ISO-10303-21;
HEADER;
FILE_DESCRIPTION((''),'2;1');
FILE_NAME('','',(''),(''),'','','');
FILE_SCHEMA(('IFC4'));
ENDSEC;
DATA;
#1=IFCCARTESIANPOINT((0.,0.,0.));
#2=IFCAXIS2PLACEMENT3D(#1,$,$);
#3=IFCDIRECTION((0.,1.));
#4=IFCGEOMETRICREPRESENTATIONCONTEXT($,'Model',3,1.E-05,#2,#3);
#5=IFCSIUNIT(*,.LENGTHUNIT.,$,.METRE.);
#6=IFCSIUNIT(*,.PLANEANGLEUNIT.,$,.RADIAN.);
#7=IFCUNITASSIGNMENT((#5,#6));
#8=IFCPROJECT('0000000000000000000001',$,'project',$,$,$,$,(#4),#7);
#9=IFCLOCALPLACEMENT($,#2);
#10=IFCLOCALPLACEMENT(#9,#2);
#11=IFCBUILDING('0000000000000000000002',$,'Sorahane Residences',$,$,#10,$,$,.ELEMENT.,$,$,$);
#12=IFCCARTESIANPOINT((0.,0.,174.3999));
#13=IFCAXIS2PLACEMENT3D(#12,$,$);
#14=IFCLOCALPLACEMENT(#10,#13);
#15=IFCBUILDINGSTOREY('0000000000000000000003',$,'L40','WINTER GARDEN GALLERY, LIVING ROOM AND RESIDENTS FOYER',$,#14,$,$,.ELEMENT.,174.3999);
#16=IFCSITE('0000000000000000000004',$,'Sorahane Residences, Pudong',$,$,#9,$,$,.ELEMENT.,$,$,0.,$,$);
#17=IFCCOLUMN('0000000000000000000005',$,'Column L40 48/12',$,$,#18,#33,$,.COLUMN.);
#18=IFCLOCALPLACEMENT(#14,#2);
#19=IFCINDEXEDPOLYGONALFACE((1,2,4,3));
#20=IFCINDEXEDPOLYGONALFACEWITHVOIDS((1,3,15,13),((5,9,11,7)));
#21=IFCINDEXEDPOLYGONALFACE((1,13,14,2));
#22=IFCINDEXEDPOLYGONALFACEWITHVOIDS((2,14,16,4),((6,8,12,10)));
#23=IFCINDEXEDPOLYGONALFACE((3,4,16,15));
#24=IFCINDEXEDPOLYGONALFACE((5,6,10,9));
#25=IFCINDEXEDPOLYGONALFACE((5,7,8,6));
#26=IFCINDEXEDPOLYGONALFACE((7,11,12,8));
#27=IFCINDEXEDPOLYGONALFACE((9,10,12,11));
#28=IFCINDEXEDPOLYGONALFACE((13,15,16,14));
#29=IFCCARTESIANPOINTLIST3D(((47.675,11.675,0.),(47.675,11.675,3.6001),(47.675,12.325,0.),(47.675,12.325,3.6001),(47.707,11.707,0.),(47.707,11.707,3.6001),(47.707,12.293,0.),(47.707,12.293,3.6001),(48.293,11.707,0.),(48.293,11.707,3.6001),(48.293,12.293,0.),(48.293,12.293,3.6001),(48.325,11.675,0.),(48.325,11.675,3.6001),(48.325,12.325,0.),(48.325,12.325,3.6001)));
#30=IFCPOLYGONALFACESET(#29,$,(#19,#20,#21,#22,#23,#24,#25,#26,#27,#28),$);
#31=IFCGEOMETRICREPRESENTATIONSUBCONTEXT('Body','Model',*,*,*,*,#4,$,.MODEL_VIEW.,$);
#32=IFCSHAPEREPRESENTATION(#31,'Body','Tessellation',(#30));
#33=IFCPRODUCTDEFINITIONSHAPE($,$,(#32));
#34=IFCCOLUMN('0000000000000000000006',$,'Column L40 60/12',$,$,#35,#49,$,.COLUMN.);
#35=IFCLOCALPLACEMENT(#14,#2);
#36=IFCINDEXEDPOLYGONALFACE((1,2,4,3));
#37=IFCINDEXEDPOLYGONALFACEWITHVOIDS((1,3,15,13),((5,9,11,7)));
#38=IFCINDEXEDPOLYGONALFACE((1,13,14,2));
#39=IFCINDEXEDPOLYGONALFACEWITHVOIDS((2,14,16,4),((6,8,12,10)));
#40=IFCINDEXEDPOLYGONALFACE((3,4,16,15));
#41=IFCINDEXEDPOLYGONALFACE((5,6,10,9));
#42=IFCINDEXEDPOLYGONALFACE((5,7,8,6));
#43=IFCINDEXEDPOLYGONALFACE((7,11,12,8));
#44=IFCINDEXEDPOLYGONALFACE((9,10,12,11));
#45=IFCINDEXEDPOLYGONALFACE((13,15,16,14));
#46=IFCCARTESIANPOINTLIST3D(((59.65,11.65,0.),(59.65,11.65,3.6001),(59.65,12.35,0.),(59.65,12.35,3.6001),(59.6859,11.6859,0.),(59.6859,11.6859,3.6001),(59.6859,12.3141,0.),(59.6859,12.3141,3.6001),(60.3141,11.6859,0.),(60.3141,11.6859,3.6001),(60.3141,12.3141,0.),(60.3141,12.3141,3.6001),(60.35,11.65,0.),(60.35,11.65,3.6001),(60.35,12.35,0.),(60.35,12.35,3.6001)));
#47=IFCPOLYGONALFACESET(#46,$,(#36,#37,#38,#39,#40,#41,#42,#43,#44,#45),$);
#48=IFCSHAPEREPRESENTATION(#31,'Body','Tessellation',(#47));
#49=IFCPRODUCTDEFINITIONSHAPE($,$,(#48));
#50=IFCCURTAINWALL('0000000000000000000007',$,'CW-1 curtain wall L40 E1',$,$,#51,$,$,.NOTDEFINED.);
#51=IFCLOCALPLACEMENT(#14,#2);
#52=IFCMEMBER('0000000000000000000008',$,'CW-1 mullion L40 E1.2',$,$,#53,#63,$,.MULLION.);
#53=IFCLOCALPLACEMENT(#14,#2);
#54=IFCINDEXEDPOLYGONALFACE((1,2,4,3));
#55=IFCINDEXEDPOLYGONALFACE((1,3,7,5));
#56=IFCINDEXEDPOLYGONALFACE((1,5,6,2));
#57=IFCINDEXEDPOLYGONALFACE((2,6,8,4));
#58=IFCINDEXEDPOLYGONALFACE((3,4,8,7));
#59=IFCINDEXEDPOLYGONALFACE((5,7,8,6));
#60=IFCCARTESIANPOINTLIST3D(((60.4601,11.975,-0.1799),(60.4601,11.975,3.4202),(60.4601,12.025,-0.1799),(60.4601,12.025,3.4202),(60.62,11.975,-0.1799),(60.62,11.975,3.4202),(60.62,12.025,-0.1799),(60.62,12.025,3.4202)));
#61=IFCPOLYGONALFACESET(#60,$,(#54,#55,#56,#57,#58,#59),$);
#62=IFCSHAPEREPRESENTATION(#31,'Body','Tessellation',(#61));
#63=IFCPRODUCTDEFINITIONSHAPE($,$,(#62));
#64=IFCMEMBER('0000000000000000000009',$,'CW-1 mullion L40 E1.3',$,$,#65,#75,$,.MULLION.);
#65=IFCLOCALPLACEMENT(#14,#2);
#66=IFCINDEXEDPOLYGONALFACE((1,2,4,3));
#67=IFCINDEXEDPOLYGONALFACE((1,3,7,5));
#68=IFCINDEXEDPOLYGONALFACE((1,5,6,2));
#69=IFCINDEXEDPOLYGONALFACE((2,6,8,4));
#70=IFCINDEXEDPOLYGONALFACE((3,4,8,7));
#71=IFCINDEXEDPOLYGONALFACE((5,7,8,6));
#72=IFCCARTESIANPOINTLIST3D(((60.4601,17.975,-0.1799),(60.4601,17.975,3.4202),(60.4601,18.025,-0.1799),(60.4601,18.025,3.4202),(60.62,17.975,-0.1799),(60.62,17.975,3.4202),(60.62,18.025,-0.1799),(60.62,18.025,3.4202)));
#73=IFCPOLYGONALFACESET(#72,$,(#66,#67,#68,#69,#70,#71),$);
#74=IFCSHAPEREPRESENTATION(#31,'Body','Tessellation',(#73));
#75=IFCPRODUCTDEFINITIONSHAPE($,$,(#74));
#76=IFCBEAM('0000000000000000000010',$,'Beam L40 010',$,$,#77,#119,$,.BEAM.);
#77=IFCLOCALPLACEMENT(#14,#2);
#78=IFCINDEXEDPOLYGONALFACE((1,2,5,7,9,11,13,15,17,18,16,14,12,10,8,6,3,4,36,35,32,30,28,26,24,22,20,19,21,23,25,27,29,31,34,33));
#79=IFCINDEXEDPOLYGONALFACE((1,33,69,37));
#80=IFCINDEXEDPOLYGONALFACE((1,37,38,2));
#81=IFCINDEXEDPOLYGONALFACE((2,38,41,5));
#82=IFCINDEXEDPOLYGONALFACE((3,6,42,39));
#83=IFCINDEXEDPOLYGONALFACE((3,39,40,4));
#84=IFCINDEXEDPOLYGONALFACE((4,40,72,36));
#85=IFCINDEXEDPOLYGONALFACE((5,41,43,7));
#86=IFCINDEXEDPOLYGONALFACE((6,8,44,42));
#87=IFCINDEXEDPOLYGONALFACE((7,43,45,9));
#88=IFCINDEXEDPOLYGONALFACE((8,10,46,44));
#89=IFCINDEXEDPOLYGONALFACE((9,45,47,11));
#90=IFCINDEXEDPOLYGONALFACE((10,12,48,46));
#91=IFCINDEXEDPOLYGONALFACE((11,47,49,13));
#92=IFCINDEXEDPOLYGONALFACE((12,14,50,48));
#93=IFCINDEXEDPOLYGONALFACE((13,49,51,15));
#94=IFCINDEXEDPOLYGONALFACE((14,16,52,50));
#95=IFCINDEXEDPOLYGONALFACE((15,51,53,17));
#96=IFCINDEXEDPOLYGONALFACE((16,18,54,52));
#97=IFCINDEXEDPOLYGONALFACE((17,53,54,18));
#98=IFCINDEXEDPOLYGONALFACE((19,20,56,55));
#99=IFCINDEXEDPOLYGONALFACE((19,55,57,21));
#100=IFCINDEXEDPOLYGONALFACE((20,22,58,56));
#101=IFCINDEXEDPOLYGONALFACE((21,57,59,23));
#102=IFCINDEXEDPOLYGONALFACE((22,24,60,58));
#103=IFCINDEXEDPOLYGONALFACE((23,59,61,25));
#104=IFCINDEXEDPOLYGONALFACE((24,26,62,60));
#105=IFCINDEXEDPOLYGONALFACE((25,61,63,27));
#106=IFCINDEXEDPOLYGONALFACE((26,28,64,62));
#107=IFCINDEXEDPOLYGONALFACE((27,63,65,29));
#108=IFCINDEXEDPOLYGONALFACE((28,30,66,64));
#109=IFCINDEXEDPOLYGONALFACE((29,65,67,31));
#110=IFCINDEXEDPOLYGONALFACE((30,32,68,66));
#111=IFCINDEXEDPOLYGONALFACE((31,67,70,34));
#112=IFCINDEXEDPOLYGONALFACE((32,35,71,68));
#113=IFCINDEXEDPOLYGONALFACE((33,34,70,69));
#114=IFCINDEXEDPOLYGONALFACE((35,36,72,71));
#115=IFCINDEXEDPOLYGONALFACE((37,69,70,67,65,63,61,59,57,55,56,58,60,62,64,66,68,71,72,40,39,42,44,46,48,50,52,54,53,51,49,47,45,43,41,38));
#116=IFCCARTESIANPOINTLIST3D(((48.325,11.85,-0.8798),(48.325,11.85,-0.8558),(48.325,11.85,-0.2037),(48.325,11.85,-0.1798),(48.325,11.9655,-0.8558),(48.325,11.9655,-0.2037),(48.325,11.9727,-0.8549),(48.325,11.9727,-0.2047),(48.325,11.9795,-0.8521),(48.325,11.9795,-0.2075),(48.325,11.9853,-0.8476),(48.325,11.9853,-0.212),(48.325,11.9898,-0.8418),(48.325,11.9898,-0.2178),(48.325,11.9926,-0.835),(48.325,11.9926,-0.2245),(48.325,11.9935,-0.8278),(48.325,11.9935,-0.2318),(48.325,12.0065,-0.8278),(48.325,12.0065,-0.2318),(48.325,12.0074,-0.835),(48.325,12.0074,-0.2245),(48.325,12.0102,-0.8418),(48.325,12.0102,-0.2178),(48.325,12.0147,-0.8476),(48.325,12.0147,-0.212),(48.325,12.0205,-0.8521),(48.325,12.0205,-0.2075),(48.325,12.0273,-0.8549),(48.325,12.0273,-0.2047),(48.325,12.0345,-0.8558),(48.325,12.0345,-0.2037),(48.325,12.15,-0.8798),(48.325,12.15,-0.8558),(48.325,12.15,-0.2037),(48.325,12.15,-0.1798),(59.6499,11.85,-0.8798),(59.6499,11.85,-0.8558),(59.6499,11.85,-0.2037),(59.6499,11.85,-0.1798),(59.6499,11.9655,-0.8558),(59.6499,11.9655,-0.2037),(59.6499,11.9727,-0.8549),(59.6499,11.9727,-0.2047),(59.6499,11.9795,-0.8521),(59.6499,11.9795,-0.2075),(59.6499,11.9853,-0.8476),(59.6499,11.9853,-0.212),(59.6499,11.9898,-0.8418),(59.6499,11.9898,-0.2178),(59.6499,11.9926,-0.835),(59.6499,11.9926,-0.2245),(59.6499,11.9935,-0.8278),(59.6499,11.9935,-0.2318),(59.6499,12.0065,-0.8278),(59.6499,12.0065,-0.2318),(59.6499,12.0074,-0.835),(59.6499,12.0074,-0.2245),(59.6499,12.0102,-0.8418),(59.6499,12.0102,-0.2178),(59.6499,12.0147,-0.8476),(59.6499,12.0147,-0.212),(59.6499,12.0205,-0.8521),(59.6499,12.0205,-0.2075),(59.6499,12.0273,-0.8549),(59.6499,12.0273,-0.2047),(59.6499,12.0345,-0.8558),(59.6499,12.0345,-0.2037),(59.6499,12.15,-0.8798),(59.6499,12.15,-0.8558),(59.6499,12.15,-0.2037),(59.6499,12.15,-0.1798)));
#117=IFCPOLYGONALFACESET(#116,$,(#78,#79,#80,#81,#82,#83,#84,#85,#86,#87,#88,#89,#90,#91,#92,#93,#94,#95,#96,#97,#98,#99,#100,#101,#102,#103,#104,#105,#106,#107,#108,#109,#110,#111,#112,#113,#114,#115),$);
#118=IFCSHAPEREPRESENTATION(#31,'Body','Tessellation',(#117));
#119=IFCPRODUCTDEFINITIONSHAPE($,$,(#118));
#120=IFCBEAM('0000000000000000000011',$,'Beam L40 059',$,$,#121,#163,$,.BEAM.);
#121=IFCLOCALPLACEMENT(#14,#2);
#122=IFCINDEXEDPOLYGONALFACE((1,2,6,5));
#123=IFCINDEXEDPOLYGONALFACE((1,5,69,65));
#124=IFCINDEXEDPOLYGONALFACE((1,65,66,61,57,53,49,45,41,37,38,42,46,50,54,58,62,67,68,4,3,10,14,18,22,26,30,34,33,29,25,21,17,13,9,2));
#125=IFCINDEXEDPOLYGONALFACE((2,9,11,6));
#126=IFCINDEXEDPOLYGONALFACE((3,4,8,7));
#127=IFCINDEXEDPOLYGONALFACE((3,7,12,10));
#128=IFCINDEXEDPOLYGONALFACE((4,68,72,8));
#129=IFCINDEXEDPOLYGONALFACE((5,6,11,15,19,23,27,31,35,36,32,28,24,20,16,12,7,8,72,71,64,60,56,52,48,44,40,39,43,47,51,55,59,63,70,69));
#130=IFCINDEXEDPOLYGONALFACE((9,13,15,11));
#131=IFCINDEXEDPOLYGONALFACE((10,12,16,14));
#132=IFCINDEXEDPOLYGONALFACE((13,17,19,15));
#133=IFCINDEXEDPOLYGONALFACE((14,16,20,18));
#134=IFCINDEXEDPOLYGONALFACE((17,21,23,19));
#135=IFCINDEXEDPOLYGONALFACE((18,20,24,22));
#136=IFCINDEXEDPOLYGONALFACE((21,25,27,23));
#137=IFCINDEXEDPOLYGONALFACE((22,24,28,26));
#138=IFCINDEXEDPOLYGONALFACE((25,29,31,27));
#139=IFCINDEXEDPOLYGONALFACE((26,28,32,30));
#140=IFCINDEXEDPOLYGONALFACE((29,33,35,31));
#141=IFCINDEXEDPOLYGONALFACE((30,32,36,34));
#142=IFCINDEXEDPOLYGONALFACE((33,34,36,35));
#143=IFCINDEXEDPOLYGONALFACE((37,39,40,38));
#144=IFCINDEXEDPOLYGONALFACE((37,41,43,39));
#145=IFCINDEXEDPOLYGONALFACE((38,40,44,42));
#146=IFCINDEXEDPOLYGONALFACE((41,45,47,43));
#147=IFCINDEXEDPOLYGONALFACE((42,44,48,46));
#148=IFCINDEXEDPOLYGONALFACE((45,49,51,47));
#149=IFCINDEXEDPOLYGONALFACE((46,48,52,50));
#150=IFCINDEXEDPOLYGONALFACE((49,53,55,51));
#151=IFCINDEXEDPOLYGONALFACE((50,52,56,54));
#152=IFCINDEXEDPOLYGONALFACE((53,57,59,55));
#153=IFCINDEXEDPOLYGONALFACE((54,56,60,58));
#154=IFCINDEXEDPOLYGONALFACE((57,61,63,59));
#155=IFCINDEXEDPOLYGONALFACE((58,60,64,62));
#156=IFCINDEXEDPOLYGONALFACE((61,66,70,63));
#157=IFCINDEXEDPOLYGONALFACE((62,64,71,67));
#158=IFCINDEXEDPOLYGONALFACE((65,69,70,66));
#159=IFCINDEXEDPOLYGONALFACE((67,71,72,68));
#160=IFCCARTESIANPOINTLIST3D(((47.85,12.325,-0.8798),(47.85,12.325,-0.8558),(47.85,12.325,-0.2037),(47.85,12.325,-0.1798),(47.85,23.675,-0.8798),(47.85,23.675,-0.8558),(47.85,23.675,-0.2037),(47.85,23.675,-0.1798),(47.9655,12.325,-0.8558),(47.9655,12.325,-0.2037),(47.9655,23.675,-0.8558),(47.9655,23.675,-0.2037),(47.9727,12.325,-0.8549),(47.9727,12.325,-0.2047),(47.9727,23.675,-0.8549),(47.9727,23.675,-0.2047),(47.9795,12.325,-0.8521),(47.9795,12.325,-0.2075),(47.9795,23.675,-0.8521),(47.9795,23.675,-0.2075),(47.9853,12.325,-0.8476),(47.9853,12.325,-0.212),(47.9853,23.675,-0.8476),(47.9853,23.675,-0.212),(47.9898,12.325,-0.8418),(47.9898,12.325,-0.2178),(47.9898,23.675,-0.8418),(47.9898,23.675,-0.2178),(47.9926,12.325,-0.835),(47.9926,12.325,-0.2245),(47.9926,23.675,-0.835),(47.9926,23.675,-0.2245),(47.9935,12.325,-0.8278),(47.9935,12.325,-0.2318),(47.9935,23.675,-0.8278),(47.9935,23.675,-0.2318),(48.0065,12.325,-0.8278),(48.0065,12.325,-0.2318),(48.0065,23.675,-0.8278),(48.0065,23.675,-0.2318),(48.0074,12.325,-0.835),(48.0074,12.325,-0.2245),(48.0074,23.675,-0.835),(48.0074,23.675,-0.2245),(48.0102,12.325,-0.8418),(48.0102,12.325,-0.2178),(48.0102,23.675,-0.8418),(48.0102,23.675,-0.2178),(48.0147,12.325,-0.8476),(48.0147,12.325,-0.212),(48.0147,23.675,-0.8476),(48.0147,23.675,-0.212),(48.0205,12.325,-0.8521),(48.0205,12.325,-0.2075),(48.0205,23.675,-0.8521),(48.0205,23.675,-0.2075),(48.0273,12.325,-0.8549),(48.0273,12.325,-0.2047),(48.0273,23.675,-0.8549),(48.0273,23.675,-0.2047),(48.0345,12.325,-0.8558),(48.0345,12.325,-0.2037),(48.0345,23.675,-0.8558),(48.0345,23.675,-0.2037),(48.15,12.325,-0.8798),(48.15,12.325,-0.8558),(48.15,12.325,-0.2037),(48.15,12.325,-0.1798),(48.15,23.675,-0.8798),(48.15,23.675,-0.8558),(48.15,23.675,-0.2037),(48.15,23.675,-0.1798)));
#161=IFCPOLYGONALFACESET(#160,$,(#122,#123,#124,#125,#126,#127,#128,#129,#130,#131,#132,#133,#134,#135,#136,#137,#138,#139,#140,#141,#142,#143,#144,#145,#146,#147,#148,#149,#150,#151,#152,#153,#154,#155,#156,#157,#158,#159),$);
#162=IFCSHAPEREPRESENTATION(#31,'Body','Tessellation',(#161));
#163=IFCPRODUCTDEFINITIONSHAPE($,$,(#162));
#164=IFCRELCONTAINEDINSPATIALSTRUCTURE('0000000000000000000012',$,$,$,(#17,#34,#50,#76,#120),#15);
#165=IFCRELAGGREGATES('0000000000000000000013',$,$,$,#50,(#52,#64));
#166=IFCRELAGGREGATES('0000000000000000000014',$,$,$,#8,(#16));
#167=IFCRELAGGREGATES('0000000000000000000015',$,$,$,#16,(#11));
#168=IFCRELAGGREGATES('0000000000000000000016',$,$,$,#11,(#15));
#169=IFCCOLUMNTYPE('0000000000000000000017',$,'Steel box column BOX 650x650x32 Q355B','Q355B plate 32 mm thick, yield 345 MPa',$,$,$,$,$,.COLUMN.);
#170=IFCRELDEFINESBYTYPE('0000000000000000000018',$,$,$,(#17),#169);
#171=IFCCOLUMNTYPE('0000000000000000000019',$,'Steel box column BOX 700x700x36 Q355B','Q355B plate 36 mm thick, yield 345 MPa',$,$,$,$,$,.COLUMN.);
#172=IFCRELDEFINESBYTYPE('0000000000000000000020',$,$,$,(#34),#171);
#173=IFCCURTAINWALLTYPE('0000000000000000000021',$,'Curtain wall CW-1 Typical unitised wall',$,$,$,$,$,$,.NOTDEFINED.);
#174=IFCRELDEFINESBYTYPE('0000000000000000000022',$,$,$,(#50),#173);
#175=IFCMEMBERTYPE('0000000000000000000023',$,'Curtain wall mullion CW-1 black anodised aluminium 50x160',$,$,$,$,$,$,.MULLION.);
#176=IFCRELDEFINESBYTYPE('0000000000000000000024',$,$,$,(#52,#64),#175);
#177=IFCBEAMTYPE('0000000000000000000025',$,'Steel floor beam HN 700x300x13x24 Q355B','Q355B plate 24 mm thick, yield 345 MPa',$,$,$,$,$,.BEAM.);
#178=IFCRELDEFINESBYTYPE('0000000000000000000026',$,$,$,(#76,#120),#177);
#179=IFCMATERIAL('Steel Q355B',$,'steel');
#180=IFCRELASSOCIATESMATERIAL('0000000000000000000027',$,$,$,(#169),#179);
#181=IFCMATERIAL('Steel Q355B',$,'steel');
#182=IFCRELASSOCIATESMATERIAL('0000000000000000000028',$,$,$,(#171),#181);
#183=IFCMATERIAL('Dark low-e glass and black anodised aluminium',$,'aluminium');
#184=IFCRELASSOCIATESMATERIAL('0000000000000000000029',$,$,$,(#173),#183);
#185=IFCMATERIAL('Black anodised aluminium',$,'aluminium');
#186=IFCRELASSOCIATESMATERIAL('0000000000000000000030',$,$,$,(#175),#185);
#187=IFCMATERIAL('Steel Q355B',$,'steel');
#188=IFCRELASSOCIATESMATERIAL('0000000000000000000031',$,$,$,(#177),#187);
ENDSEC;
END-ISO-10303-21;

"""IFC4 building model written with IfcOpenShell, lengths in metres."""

from ifc_helpers import new_model, si_unit, direction, frame, origin, origin_2d, place, context, subcontext, project, spatial, rectangle, hollow_rectangle, i_section, extrude, material, material_profile, profile_set, type_object, element, aggregate, save


model = new_model("IFC4")

# Units and contexts
model_context = context("Model", 3, precision=1e-05, world=origin(), true_north=direction((0.0, 1.0)))
body_context = subcontext(model_context, "Body", "Model", "MODEL_VIEW")
ifc_project = project(units=[si_unit("LENGTHUNIT", "METRE"), si_unit("PLANEANGLEUNIT", "RADIAN")], contexts=[model_context])

# Site, building, storey
site_placement = place(None, origin())
site = spatial("IfcSite", under=ifc_project, at=site_placement, Name="Sorahane Residences, Pudong", CompositionType="ELEMENT", RefElevation=0.0)
building_placement = place(site_placement, origin())
building = spatial("IfcBuilding", under=site, at=building_placement, Name="Sorahane Residences", CompositionType="ELEMENT")
storey_placement = place(building_placement, frame((0.0, 0.0, 174.3999)))
storey = spatial("IfcBuildingStorey", under=building, at=storey_placement, Name="L40", Description="WINTER GARDEN GALLERY, LIVING ROOM AND RESIDENTS FOYER", CompositionType="ELEMENT", Elevation=174.3999)

# Columns
ifc_material_1 = material(Name="Steel Q355B", Category="steel")
ifc_material_profile_1 = material_profile(ifc_material_1, hollow_rectangle(XDim=0.6499, YDim=0.6499, WallThickness=0.032, at=origin_2d()), Name="BOX 650x650x32")
ifc_profile_set_1 = profile_set([ifc_material_profile_1], Name="Steel Q355B")
column_type_1 = type_object("IfcColumnType", Name="Steel box column BOX 650x650x32 Q355B", Description="Q355B plate 32 mm thick, yield 345 MPa", PredefinedType="COLUMN", material=ifc_profile_set_1)
column_1_placement = place(storey_placement, frame((48.0, 12.0, 0.0), z_axis=(0.0, 0.0, 1.0), x_axis=(1.0, 0.0, 0.0)))
element("IfcColumn", 1, at=column_1_placement, inside=storey, type_object=column_type_1, Name="Column L40 48/12", PredefinedType="COLUMN", context=body_context, shape_type="SweptSolid", body=[
    extrude(hollow_rectangle(XDim=0.6499, YDim=0.6499, WallThickness=0.032, at=origin_2d()), origin(), (0.0, 0.0, 1.0), 3.6001),
])
ifc_material_2 = material(Name="Steel Q355B", Category="steel")
ifc_material_profile_2 = material_profile(ifc_material_2, hollow_rectangle(XDim=0.7, YDim=0.7, WallThickness=0.0359, at=origin_2d()), Name="BOX 700x700x36")
ifc_profile_set_2 = profile_set([ifc_material_profile_2], Name="Steel Q355B")
column_type_2 = type_object("IfcColumnType", Name="Steel box column BOX 700x700x36 Q355B", Description="Q355B plate 36 mm thick, yield 345 MPa", PredefinedType="COLUMN", material=ifc_profile_set_2)
column_2_placement = place(storey_placement, frame((60.0, 12.0, 0.0), z_axis=(0.0, 0.0, 1.0), x_axis=(1.0, 0.0, 0.0)))
element("IfcColumn", 2, at=column_2_placement, inside=storey, type_object=column_type_2, Name="Column L40 60/12", PredefinedType="COLUMN", context=body_context, shape_type="SweptSolid", body=[
    extrude(hollow_rectangle(XDim=0.7, YDim=0.7, WallThickness=0.0359, at=origin_2d()), origin(), (0.0, 0.0, 1.0), 3.6001),
])

# Curtain wall, members
ifc_material_3 = material(Name="Dark low-e glass and black anodised aluminium", Category="aluminium")
curtain_wall_type = type_object("IfcCurtainWallType", Name="Curtain wall CW-1 Typical unitised wall", PredefinedType="NOTDEFINED", material=ifc_material_3)
curtain_wall_placement = place(storey_placement, origin())
curtain_wall = element("IfcCurtainWall", 3, at=curtain_wall_placement, inside=storey, type_object=curtain_wall_type, Name="CW-1 curtain wall L40 E1", PredefinedType="NOTDEFINED")
ifc_material_4 = material(Name="Black anodised aluminium", Category="aluminium")
ifc_material_profile_3 = material_profile(ifc_material_4, rectangle(XDim=0.1599, YDim=0.05, at=origin_2d()), Name="Curtain wall mullion CW-1 black anodised aluminium 50x160")
ifc_profile_set_3 = profile_set([ifc_material_profile_3], Name="Black anodised aluminium")
member_type = type_object("IfcMemberType", Name="Curtain wall mullion CW-1 black anodised aluminium 50x160", PredefinedType="MULLION", material=ifc_profile_set_3)
member_1_placement = place(storey_placement, frame((60.54, 12.0, -0.1799), z_axis=(0.0, 0.0, 1.0), x_axis=(1.0, 0.0, 0.0)))
member_1 = element("IfcMember", 4, at=member_1_placement, type_object=member_type, Name="CW-1 mullion L40 E1.2", PredefinedType="MULLION", context=body_context, shape_type="SweptSolid", body=[
    extrude(rectangle(XDim=0.1599, YDim=0.05, at=origin_2d()), origin(), (0.0, 0.0, 1.0), 3.6001),
])
member_2_placement = place(storey_placement, frame((60.54, 18.0, -0.1799), z_axis=(0.0, 0.0, 1.0), x_axis=(1.0, 0.0, 0.0)))
member_2 = element("IfcMember", 5, at=member_2_placement, type_object=member_type, Name="CW-1 mullion L40 E1.3", PredefinedType="MULLION", context=body_context, shape_type="SweptSolid", body=[
    extrude(rectangle(XDim=0.1599, YDim=0.05, at=origin_2d()), origin(), (0.0, 0.0, 1.0), 3.6001),
])

# Beams
ifc_material_5 = material(Name="Steel Q355B", Category="steel")
ifc_material_profile_4 = material_profile(ifc_material_5, i_section(OverallWidth=0.3, OverallDepth=0.7, WebThickness=0.0129, FlangeThickness=0.0239, FilletRadius=0.0281, at=origin_2d()), Name="HN 700x300x13x24")
ifc_profile_set_4 = profile_set([ifc_material_profile_4], Name="Steel Q355B")
beam_type = type_object("IfcBeamType", Name="Steel floor beam HN 700x300x13x24 Q355B", Description="Q355B plate 24 mm thick, yield 345 MPa", PredefinedType="BEAM", material=ifc_profile_set_4)
beam_1_placement = place(storey_placement, frame((48.325, 12.0, -0.5298), z_axis=(1.0, 0.0, 0.0), x_axis=(0.0, 1.0, 0.0)))
element("IfcBeam", 6, at=beam_1_placement, inside=storey, type_object=beam_type, Name="Beam L40 010", PredefinedType="BEAM", context=body_context, shape_type="SweptSolid", body=[
    extrude(i_section(OverallWidth=0.3, OverallDepth=0.7, WebThickness=0.0129, FlangeThickness=0.0239, FilletRadius=0.0281, at=origin_2d()), origin(), (0.0, 0.0, 1.0), 11.325),
])
beam_2_placement = place(storey_placement, frame((48.0, 12.325, -0.5298), z_axis=(0.0, 1.0, 0.0), x_axis=(-1.0, 0.0, 0.0)))
element("IfcBeam", 7, at=beam_2_placement, inside=storey, type_object=beam_type, Name="Beam L40 059", PredefinedType="BEAM", context=body_context, shape_type="SweptSolid", body=[
    extrude(i_section(OverallWidth=0.3, OverallDepth=0.7, WebThickness=0.0129, FlangeThickness=0.0239, FilletRadius=0.0281, at=origin_2d()), origin(), (0.0, 0.0, 1.0), 11.3501),
])

aggregate(curtain_wall, [member_1, member_2])

save(model, "model.ifc")
